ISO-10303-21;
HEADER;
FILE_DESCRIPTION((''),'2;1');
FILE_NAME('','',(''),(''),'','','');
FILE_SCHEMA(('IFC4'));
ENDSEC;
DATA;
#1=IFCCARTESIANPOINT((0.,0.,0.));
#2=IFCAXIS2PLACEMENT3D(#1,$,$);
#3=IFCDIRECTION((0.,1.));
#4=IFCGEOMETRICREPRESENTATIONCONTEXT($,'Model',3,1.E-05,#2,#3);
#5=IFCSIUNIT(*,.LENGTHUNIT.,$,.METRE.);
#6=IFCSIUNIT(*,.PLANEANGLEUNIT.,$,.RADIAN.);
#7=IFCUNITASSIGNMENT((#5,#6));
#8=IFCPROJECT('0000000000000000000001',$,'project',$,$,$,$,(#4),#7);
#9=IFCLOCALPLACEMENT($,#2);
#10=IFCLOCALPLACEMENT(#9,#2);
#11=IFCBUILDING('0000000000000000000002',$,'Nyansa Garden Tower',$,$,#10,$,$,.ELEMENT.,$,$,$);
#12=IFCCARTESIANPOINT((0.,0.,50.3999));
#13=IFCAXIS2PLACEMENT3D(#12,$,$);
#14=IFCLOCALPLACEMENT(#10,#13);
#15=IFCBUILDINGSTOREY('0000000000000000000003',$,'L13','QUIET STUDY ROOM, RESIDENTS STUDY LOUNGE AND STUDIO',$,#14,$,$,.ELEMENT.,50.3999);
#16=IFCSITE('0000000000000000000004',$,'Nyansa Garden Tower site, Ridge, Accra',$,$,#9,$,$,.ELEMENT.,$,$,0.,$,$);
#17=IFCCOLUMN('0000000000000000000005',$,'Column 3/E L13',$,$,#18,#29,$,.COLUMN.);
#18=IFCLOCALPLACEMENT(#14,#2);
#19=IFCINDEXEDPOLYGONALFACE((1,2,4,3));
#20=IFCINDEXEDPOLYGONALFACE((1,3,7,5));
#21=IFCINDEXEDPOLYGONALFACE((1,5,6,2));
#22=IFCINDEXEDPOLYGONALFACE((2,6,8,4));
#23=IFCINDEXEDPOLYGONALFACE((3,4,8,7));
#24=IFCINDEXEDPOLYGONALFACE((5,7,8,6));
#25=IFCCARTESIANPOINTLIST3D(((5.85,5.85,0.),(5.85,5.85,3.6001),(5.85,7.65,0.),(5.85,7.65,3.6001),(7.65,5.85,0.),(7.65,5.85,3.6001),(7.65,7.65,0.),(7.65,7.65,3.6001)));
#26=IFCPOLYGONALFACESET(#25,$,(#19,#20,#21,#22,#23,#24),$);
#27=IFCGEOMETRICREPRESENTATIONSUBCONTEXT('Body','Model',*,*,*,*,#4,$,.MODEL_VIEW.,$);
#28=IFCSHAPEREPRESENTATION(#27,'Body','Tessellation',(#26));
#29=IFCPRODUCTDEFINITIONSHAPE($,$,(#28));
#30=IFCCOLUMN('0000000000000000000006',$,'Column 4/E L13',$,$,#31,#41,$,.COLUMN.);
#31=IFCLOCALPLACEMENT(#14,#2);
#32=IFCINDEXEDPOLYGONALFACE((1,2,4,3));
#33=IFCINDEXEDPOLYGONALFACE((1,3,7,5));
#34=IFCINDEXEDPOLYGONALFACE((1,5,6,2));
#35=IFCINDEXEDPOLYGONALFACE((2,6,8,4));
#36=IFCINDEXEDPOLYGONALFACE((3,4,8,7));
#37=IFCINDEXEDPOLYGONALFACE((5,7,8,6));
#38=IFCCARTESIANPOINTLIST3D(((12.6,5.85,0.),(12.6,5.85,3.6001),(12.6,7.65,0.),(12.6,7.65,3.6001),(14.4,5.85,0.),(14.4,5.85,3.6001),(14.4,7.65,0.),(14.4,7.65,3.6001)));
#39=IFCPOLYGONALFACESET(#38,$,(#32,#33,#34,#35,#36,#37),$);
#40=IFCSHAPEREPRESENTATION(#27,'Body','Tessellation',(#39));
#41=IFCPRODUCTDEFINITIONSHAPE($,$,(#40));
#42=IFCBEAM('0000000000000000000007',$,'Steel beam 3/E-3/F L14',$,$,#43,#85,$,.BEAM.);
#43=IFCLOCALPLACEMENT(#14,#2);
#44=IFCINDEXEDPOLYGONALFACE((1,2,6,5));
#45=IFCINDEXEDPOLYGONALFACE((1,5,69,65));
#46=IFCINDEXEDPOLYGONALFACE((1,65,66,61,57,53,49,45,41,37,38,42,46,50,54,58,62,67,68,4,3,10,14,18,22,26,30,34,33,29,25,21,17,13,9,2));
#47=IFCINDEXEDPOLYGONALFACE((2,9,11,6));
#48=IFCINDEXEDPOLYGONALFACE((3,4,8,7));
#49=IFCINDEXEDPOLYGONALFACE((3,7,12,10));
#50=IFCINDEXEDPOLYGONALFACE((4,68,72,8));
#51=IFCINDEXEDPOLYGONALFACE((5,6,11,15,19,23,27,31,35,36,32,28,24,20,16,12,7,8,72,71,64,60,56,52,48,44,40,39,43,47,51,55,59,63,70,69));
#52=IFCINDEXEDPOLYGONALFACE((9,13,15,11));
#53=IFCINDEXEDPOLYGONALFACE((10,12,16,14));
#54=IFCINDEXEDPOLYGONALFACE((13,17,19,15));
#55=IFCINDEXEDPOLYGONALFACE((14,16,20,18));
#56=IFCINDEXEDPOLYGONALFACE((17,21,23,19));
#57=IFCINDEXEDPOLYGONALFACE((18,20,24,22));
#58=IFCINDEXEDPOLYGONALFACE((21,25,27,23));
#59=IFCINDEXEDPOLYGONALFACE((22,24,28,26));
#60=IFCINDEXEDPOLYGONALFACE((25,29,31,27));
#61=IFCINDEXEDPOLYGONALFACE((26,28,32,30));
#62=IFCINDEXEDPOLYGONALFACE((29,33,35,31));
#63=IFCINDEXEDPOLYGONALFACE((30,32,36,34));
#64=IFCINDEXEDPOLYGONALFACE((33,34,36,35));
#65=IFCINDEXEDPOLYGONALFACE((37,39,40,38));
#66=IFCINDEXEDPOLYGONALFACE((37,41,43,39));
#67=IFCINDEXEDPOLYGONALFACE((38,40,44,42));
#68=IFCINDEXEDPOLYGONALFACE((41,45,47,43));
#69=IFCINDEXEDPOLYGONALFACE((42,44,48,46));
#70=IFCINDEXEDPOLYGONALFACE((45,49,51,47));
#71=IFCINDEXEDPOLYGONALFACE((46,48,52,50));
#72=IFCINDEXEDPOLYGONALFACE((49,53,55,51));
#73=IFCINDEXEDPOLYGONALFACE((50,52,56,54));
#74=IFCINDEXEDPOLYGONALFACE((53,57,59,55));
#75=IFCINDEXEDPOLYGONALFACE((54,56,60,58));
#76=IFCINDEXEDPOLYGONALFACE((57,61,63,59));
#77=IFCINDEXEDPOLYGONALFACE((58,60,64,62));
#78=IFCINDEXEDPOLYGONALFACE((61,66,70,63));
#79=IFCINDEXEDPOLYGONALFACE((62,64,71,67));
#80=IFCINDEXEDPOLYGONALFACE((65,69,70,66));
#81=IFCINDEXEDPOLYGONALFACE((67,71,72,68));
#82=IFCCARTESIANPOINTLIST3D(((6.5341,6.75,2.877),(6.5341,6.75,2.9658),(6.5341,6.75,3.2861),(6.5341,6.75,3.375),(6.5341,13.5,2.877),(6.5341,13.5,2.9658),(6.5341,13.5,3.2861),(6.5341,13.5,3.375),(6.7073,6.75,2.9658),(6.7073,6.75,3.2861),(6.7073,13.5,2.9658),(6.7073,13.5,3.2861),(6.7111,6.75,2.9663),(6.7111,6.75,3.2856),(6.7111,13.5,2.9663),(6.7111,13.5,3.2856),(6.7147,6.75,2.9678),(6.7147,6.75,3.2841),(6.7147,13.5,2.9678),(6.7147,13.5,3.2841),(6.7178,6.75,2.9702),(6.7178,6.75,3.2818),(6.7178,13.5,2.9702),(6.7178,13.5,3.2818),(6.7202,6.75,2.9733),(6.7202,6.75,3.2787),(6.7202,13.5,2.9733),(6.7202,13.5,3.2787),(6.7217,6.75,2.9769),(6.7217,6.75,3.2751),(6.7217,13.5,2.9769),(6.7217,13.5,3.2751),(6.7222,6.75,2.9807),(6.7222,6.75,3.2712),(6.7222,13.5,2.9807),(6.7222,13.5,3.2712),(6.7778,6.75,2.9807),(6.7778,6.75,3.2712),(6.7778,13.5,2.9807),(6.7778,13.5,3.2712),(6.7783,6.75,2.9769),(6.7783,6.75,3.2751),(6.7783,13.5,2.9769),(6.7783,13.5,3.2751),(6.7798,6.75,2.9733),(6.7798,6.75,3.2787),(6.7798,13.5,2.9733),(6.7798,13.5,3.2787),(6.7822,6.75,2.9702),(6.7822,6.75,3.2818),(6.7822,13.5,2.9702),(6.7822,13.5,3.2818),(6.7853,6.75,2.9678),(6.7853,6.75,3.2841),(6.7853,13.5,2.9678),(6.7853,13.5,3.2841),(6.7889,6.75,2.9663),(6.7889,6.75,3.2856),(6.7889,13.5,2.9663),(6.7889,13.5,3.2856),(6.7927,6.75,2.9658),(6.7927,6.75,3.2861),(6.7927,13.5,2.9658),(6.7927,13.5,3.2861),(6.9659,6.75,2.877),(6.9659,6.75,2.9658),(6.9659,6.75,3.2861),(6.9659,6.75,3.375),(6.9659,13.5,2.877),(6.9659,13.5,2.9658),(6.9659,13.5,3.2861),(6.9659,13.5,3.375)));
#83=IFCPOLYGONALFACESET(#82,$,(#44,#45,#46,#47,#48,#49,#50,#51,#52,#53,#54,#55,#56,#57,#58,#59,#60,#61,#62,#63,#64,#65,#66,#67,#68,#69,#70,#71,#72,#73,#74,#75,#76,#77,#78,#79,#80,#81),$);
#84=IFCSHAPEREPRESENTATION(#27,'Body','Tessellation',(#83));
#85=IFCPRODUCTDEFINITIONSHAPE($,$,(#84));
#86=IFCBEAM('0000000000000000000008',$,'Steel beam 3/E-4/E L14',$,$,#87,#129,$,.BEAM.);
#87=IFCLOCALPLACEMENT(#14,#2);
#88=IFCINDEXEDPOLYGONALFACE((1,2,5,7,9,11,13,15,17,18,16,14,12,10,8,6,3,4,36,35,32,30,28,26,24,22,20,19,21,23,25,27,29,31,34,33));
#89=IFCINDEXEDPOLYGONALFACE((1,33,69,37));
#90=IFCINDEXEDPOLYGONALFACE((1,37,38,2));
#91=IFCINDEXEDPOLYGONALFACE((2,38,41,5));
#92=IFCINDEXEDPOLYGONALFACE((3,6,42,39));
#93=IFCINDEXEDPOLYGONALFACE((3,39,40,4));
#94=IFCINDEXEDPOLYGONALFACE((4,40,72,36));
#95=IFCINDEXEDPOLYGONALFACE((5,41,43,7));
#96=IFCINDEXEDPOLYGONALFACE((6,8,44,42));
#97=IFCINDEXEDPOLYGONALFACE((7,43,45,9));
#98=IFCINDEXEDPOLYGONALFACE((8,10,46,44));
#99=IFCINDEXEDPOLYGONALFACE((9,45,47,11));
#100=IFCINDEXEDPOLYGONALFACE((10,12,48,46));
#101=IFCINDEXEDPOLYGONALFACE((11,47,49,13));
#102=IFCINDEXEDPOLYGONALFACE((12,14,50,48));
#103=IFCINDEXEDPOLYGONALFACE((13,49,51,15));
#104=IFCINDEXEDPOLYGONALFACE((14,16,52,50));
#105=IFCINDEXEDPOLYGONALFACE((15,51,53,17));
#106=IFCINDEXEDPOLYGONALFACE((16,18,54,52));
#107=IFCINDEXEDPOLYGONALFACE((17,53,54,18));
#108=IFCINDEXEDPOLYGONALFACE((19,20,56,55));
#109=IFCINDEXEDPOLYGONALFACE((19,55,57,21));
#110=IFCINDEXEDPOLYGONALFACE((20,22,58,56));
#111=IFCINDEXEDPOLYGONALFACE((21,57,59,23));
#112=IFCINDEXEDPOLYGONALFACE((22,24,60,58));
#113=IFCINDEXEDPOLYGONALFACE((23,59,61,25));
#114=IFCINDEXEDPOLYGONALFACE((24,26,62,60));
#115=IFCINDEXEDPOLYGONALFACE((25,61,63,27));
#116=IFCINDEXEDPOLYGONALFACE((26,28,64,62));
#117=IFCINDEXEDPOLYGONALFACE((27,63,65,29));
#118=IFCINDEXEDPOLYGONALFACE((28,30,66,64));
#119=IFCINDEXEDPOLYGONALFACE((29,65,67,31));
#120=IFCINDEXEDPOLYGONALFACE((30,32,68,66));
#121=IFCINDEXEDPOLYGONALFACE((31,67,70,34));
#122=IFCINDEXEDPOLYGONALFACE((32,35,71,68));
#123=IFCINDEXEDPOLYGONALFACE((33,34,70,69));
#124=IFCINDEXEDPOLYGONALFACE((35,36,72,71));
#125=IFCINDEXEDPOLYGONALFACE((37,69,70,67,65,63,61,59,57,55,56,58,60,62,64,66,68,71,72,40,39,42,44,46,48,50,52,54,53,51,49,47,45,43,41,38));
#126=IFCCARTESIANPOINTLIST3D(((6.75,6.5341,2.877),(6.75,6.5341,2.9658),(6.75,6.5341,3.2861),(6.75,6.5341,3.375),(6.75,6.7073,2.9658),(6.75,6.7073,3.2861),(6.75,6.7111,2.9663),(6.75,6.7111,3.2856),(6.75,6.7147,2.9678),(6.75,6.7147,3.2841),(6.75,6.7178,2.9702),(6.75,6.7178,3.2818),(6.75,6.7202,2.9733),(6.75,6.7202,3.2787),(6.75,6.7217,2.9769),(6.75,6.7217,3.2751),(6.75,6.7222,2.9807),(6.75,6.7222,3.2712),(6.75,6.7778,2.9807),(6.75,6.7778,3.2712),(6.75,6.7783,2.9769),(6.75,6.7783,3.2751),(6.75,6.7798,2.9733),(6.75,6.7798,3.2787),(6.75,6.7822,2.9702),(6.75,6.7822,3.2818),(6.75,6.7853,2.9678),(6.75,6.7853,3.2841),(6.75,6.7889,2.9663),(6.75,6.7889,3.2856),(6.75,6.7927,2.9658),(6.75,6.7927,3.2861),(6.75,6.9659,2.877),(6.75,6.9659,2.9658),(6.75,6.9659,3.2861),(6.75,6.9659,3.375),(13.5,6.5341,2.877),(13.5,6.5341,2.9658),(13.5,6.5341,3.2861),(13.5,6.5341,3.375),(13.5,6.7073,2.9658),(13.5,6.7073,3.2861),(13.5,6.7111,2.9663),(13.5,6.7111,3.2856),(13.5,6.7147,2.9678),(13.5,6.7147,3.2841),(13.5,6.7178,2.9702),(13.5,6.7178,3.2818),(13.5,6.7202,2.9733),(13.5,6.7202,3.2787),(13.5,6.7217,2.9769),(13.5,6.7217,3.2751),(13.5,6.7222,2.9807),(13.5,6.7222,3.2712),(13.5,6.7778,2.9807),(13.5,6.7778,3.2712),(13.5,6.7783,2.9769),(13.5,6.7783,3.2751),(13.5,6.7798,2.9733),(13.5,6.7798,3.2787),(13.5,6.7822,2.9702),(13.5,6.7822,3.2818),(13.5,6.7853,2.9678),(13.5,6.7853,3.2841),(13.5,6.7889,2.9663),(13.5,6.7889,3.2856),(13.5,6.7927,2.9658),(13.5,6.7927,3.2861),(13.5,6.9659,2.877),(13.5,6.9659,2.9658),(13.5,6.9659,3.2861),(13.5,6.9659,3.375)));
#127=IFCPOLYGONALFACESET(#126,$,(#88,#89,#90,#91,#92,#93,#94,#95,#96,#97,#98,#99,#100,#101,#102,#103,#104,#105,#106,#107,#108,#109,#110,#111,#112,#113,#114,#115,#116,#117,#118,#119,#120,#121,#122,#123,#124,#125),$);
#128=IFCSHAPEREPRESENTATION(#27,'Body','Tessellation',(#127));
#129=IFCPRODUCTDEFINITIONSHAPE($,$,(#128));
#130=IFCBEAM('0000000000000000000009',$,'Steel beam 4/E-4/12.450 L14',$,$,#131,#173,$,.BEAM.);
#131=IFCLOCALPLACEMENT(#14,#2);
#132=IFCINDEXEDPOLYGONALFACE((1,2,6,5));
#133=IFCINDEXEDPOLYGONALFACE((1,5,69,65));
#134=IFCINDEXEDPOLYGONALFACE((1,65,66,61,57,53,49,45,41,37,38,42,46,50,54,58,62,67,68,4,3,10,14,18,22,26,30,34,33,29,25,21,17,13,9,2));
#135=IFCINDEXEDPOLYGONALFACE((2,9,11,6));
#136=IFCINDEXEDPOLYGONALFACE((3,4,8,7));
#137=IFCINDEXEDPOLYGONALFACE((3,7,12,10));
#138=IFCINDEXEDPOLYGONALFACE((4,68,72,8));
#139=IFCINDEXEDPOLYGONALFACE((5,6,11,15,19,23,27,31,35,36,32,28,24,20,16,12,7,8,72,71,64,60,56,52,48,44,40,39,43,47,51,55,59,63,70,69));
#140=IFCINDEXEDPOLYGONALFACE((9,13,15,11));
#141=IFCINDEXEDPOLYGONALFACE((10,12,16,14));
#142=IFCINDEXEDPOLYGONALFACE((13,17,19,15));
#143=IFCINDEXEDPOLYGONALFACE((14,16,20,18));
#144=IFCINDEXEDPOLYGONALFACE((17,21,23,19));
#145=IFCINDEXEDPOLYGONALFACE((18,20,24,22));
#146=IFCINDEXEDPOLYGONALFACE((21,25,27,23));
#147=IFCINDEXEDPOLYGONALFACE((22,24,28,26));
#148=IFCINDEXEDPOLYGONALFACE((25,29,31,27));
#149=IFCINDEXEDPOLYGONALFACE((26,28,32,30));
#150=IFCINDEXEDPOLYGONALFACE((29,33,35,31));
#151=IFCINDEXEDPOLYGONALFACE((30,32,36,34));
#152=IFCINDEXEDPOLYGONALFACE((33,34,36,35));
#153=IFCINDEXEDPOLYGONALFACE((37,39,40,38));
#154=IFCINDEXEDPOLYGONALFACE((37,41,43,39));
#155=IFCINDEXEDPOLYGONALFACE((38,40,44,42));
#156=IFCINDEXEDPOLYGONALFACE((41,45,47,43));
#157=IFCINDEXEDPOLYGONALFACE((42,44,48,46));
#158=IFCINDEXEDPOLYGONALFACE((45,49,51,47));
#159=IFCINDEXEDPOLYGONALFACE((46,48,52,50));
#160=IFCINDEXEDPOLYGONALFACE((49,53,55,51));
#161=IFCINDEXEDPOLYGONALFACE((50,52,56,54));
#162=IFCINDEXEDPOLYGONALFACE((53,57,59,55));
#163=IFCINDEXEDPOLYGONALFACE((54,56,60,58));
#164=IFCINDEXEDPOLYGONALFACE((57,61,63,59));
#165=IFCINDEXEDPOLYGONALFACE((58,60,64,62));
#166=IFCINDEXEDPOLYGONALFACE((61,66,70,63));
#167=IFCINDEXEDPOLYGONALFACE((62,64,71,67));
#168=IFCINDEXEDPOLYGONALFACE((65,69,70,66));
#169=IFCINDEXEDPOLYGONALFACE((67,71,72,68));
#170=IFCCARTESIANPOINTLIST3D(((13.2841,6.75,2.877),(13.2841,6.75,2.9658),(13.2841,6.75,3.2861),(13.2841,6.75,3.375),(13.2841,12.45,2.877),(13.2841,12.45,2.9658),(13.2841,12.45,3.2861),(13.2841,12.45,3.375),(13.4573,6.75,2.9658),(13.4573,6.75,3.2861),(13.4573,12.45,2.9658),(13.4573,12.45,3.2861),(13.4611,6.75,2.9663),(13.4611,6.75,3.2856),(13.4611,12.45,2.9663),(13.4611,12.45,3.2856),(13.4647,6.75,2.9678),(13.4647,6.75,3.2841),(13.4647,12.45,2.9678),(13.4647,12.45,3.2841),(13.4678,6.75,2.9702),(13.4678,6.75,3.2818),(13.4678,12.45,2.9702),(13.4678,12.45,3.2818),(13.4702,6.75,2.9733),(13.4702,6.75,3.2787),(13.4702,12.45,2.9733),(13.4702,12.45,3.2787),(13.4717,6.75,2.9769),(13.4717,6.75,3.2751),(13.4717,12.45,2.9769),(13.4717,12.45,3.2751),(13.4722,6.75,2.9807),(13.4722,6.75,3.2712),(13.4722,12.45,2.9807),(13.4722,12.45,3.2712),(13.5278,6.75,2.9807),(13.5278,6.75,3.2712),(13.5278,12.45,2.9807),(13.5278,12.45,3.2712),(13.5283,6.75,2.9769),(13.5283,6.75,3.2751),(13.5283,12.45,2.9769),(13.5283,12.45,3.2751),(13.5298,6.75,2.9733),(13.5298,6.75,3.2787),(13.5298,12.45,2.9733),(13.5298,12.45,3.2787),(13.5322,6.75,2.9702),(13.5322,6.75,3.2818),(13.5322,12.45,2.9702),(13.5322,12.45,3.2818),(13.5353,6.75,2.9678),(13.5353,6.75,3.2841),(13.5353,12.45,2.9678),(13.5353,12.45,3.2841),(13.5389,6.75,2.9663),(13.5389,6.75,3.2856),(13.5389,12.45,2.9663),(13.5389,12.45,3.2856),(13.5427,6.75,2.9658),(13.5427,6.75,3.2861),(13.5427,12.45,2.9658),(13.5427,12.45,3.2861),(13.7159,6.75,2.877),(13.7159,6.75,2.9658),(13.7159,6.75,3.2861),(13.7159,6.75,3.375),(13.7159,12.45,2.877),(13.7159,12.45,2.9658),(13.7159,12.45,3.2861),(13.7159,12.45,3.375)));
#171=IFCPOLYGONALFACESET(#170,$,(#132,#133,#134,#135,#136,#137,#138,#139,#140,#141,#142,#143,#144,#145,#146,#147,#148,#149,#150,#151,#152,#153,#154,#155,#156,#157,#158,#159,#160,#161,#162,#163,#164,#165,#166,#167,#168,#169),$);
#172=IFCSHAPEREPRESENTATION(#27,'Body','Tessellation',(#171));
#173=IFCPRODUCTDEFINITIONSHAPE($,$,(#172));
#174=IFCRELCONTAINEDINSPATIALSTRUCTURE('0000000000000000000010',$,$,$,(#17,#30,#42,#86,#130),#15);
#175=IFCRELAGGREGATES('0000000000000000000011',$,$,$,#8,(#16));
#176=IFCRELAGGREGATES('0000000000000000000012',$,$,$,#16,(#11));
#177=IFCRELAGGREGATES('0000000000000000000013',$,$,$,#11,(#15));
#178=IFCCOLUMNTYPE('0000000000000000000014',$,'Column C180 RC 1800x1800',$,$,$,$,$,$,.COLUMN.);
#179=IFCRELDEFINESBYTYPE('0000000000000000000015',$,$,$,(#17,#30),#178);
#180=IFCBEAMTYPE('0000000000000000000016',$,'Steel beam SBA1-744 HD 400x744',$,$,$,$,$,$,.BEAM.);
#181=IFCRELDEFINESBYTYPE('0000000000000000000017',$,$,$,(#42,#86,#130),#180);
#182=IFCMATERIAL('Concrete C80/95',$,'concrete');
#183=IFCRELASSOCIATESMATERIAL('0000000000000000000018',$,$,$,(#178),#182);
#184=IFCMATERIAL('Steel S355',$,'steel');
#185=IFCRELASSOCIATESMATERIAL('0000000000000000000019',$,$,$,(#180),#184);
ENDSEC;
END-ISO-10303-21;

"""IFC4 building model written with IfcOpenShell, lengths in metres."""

from ifc_helpers import new_model, si_unit, direction, frame, origin, origin_2d, place, context, subcontext, project, spatial, rectangle, i_section, extrude, material, material_profile, profile_set, type_object, element, save


model = new_model("IFC4")

# Units and contexts
model_context = context("Model", 3, precision=1e-05, world=origin(), true_north=direction((0.0, 1.0)))
body_context = subcontext(model_context, "Body", "Model", "MODEL_VIEW")
ifc_project = project(units=[si_unit("LENGTHUNIT", "METRE"), si_unit("PLANEANGLEUNIT", "RADIAN")], contexts=[model_context])

# Site, building, storey
site_placement = place(None, origin())
site = spatial("IfcSite", under=ifc_project, at=site_placement, Name="Nyansa Garden Tower site, Ridge, Accra", CompositionType="ELEMENT", RefElevation=0.0)
building_placement = place(site_placement, origin())
building = spatial("IfcBuilding", under=site, at=building_placement, Name="Nyansa Garden Tower", CompositionType="ELEMENT")
storey_placement = place(building_placement, frame((0.0, 0.0, 50.3999)))
storey = spatial("IfcBuildingStorey", under=building, at=storey_placement, Name="L13", Description="QUIET STUDY ROOM, RESIDENTS STUDY LOUNGE AND STUDIO", CompositionType="ELEMENT", Elevation=50.3999)

# Columns
ifc_material_1 = material(Name="Concrete C80/95", Category="concrete")
ifc_material_profile_1 = material_profile(ifc_material_1, rectangle(XDim=1.8, YDim=1.8, at=origin_2d()), Name="RC 1800x1800")
ifc_profile_set_1 = profile_set([ifc_material_profile_1], Name="Concrete C80/95")
column_type = type_object("IfcColumnType", Name="Column C180 RC 1800x1800", PredefinedType="COLUMN", material=ifc_profile_set_1)
for number, where, z_axis, x_axis, name in (
    (1, (6.75, 6.75, 0.0), (0.0, 0.0, 1.0), (1.0, 0.0, 0.0), "Column 3/E L13"),
    (2, (13.5, 6.75, 0.0), (0.0, 0.0, 1.0), (1.0, 0.0, 0.0), "Column 4/E L13"),
):
    element("IfcColumn", number, at=place(storey_placement, frame(where, z_axis=z_axis, x_axis=x_axis)), inside=storey, type_object=column_type, Name=name, PredefinedType="COLUMN", context=body_context, shape_type="SweptSolid", body=[
        extrude(rectangle(XDim=1.8, YDim=1.8, at=origin_2d()), origin(), (0.0, 0.0, 1.0), 3.6001),
    ])

# Beams
ifc_material_2 = material(Name="Steel S355", Category="steel")
ifc_material_profile_2 = material_profile(ifc_material_2, i_section(OverallWidth=0.4319, OverallDepth=0.498, WebThickness=0.0557, FlangeThickness=0.0889, FilletRadius=0.0149, at=origin_2d()), Name="HD 400x744")
ifc_profile_set_2 = profile_set([ifc_material_profile_2], Name="Steel S355")
beam_type = type_object("IfcBeamType", Name="Steel beam SBA1-744 HD 400x744", PredefinedType="BEAM", material=ifc_profile_set_2)
for number, where, z_axis, x_axis, name in (
    (3, (6.75, 6.75, 3.126), (0.0, 1.0, 0.0), (-1.0, 0.0, 0.0), "Steel beam 3/E-3/F L14"),
    (4, (6.75, 6.75, 3.126), (1.0, 0.0, 0.0), (0.0, 1.0, 0.0), "Steel beam 3/E-4/E L14"),
):
    element("IfcBeam", number, at=place(storey_placement, frame(where, z_axis=z_axis, x_axis=x_axis)), inside=storey, type_object=beam_type, Name=name, PredefinedType="BEAM", context=body_context, shape_type="SweptSolid", body=[
        extrude(i_section(OverallWidth=0.4319, OverallDepth=0.498, WebThickness=0.0557, FlangeThickness=0.0889, FilletRadius=0.0149, at=origin_2d()), origin(), (0.0, 0.0, 1.0), 6.75),
    ])
beam_placement = place(storey_placement, frame((13.5, 6.75, 3.126), z_axis=(0.0, 1.0, 0.0), x_axis=(-1.0, 0.0, 0.0)))
element("IfcBeam", 5, at=beam_placement, inside=storey, type_object=beam_type, Name="Steel beam 4/E-4/12.450 L14", PredefinedType="BEAM", context=body_context, shape_type="SweptSolid", body=[
    extrude(i_section(OverallWidth=0.4319, OverallDepth=0.498, WebThickness=0.0557, FlangeThickness=0.0889, FilletRadius=0.0149, at=origin_2d()), origin(), (0.0, 0.0, 1.0), 5.7),
])

save(model, "model.ifc")
